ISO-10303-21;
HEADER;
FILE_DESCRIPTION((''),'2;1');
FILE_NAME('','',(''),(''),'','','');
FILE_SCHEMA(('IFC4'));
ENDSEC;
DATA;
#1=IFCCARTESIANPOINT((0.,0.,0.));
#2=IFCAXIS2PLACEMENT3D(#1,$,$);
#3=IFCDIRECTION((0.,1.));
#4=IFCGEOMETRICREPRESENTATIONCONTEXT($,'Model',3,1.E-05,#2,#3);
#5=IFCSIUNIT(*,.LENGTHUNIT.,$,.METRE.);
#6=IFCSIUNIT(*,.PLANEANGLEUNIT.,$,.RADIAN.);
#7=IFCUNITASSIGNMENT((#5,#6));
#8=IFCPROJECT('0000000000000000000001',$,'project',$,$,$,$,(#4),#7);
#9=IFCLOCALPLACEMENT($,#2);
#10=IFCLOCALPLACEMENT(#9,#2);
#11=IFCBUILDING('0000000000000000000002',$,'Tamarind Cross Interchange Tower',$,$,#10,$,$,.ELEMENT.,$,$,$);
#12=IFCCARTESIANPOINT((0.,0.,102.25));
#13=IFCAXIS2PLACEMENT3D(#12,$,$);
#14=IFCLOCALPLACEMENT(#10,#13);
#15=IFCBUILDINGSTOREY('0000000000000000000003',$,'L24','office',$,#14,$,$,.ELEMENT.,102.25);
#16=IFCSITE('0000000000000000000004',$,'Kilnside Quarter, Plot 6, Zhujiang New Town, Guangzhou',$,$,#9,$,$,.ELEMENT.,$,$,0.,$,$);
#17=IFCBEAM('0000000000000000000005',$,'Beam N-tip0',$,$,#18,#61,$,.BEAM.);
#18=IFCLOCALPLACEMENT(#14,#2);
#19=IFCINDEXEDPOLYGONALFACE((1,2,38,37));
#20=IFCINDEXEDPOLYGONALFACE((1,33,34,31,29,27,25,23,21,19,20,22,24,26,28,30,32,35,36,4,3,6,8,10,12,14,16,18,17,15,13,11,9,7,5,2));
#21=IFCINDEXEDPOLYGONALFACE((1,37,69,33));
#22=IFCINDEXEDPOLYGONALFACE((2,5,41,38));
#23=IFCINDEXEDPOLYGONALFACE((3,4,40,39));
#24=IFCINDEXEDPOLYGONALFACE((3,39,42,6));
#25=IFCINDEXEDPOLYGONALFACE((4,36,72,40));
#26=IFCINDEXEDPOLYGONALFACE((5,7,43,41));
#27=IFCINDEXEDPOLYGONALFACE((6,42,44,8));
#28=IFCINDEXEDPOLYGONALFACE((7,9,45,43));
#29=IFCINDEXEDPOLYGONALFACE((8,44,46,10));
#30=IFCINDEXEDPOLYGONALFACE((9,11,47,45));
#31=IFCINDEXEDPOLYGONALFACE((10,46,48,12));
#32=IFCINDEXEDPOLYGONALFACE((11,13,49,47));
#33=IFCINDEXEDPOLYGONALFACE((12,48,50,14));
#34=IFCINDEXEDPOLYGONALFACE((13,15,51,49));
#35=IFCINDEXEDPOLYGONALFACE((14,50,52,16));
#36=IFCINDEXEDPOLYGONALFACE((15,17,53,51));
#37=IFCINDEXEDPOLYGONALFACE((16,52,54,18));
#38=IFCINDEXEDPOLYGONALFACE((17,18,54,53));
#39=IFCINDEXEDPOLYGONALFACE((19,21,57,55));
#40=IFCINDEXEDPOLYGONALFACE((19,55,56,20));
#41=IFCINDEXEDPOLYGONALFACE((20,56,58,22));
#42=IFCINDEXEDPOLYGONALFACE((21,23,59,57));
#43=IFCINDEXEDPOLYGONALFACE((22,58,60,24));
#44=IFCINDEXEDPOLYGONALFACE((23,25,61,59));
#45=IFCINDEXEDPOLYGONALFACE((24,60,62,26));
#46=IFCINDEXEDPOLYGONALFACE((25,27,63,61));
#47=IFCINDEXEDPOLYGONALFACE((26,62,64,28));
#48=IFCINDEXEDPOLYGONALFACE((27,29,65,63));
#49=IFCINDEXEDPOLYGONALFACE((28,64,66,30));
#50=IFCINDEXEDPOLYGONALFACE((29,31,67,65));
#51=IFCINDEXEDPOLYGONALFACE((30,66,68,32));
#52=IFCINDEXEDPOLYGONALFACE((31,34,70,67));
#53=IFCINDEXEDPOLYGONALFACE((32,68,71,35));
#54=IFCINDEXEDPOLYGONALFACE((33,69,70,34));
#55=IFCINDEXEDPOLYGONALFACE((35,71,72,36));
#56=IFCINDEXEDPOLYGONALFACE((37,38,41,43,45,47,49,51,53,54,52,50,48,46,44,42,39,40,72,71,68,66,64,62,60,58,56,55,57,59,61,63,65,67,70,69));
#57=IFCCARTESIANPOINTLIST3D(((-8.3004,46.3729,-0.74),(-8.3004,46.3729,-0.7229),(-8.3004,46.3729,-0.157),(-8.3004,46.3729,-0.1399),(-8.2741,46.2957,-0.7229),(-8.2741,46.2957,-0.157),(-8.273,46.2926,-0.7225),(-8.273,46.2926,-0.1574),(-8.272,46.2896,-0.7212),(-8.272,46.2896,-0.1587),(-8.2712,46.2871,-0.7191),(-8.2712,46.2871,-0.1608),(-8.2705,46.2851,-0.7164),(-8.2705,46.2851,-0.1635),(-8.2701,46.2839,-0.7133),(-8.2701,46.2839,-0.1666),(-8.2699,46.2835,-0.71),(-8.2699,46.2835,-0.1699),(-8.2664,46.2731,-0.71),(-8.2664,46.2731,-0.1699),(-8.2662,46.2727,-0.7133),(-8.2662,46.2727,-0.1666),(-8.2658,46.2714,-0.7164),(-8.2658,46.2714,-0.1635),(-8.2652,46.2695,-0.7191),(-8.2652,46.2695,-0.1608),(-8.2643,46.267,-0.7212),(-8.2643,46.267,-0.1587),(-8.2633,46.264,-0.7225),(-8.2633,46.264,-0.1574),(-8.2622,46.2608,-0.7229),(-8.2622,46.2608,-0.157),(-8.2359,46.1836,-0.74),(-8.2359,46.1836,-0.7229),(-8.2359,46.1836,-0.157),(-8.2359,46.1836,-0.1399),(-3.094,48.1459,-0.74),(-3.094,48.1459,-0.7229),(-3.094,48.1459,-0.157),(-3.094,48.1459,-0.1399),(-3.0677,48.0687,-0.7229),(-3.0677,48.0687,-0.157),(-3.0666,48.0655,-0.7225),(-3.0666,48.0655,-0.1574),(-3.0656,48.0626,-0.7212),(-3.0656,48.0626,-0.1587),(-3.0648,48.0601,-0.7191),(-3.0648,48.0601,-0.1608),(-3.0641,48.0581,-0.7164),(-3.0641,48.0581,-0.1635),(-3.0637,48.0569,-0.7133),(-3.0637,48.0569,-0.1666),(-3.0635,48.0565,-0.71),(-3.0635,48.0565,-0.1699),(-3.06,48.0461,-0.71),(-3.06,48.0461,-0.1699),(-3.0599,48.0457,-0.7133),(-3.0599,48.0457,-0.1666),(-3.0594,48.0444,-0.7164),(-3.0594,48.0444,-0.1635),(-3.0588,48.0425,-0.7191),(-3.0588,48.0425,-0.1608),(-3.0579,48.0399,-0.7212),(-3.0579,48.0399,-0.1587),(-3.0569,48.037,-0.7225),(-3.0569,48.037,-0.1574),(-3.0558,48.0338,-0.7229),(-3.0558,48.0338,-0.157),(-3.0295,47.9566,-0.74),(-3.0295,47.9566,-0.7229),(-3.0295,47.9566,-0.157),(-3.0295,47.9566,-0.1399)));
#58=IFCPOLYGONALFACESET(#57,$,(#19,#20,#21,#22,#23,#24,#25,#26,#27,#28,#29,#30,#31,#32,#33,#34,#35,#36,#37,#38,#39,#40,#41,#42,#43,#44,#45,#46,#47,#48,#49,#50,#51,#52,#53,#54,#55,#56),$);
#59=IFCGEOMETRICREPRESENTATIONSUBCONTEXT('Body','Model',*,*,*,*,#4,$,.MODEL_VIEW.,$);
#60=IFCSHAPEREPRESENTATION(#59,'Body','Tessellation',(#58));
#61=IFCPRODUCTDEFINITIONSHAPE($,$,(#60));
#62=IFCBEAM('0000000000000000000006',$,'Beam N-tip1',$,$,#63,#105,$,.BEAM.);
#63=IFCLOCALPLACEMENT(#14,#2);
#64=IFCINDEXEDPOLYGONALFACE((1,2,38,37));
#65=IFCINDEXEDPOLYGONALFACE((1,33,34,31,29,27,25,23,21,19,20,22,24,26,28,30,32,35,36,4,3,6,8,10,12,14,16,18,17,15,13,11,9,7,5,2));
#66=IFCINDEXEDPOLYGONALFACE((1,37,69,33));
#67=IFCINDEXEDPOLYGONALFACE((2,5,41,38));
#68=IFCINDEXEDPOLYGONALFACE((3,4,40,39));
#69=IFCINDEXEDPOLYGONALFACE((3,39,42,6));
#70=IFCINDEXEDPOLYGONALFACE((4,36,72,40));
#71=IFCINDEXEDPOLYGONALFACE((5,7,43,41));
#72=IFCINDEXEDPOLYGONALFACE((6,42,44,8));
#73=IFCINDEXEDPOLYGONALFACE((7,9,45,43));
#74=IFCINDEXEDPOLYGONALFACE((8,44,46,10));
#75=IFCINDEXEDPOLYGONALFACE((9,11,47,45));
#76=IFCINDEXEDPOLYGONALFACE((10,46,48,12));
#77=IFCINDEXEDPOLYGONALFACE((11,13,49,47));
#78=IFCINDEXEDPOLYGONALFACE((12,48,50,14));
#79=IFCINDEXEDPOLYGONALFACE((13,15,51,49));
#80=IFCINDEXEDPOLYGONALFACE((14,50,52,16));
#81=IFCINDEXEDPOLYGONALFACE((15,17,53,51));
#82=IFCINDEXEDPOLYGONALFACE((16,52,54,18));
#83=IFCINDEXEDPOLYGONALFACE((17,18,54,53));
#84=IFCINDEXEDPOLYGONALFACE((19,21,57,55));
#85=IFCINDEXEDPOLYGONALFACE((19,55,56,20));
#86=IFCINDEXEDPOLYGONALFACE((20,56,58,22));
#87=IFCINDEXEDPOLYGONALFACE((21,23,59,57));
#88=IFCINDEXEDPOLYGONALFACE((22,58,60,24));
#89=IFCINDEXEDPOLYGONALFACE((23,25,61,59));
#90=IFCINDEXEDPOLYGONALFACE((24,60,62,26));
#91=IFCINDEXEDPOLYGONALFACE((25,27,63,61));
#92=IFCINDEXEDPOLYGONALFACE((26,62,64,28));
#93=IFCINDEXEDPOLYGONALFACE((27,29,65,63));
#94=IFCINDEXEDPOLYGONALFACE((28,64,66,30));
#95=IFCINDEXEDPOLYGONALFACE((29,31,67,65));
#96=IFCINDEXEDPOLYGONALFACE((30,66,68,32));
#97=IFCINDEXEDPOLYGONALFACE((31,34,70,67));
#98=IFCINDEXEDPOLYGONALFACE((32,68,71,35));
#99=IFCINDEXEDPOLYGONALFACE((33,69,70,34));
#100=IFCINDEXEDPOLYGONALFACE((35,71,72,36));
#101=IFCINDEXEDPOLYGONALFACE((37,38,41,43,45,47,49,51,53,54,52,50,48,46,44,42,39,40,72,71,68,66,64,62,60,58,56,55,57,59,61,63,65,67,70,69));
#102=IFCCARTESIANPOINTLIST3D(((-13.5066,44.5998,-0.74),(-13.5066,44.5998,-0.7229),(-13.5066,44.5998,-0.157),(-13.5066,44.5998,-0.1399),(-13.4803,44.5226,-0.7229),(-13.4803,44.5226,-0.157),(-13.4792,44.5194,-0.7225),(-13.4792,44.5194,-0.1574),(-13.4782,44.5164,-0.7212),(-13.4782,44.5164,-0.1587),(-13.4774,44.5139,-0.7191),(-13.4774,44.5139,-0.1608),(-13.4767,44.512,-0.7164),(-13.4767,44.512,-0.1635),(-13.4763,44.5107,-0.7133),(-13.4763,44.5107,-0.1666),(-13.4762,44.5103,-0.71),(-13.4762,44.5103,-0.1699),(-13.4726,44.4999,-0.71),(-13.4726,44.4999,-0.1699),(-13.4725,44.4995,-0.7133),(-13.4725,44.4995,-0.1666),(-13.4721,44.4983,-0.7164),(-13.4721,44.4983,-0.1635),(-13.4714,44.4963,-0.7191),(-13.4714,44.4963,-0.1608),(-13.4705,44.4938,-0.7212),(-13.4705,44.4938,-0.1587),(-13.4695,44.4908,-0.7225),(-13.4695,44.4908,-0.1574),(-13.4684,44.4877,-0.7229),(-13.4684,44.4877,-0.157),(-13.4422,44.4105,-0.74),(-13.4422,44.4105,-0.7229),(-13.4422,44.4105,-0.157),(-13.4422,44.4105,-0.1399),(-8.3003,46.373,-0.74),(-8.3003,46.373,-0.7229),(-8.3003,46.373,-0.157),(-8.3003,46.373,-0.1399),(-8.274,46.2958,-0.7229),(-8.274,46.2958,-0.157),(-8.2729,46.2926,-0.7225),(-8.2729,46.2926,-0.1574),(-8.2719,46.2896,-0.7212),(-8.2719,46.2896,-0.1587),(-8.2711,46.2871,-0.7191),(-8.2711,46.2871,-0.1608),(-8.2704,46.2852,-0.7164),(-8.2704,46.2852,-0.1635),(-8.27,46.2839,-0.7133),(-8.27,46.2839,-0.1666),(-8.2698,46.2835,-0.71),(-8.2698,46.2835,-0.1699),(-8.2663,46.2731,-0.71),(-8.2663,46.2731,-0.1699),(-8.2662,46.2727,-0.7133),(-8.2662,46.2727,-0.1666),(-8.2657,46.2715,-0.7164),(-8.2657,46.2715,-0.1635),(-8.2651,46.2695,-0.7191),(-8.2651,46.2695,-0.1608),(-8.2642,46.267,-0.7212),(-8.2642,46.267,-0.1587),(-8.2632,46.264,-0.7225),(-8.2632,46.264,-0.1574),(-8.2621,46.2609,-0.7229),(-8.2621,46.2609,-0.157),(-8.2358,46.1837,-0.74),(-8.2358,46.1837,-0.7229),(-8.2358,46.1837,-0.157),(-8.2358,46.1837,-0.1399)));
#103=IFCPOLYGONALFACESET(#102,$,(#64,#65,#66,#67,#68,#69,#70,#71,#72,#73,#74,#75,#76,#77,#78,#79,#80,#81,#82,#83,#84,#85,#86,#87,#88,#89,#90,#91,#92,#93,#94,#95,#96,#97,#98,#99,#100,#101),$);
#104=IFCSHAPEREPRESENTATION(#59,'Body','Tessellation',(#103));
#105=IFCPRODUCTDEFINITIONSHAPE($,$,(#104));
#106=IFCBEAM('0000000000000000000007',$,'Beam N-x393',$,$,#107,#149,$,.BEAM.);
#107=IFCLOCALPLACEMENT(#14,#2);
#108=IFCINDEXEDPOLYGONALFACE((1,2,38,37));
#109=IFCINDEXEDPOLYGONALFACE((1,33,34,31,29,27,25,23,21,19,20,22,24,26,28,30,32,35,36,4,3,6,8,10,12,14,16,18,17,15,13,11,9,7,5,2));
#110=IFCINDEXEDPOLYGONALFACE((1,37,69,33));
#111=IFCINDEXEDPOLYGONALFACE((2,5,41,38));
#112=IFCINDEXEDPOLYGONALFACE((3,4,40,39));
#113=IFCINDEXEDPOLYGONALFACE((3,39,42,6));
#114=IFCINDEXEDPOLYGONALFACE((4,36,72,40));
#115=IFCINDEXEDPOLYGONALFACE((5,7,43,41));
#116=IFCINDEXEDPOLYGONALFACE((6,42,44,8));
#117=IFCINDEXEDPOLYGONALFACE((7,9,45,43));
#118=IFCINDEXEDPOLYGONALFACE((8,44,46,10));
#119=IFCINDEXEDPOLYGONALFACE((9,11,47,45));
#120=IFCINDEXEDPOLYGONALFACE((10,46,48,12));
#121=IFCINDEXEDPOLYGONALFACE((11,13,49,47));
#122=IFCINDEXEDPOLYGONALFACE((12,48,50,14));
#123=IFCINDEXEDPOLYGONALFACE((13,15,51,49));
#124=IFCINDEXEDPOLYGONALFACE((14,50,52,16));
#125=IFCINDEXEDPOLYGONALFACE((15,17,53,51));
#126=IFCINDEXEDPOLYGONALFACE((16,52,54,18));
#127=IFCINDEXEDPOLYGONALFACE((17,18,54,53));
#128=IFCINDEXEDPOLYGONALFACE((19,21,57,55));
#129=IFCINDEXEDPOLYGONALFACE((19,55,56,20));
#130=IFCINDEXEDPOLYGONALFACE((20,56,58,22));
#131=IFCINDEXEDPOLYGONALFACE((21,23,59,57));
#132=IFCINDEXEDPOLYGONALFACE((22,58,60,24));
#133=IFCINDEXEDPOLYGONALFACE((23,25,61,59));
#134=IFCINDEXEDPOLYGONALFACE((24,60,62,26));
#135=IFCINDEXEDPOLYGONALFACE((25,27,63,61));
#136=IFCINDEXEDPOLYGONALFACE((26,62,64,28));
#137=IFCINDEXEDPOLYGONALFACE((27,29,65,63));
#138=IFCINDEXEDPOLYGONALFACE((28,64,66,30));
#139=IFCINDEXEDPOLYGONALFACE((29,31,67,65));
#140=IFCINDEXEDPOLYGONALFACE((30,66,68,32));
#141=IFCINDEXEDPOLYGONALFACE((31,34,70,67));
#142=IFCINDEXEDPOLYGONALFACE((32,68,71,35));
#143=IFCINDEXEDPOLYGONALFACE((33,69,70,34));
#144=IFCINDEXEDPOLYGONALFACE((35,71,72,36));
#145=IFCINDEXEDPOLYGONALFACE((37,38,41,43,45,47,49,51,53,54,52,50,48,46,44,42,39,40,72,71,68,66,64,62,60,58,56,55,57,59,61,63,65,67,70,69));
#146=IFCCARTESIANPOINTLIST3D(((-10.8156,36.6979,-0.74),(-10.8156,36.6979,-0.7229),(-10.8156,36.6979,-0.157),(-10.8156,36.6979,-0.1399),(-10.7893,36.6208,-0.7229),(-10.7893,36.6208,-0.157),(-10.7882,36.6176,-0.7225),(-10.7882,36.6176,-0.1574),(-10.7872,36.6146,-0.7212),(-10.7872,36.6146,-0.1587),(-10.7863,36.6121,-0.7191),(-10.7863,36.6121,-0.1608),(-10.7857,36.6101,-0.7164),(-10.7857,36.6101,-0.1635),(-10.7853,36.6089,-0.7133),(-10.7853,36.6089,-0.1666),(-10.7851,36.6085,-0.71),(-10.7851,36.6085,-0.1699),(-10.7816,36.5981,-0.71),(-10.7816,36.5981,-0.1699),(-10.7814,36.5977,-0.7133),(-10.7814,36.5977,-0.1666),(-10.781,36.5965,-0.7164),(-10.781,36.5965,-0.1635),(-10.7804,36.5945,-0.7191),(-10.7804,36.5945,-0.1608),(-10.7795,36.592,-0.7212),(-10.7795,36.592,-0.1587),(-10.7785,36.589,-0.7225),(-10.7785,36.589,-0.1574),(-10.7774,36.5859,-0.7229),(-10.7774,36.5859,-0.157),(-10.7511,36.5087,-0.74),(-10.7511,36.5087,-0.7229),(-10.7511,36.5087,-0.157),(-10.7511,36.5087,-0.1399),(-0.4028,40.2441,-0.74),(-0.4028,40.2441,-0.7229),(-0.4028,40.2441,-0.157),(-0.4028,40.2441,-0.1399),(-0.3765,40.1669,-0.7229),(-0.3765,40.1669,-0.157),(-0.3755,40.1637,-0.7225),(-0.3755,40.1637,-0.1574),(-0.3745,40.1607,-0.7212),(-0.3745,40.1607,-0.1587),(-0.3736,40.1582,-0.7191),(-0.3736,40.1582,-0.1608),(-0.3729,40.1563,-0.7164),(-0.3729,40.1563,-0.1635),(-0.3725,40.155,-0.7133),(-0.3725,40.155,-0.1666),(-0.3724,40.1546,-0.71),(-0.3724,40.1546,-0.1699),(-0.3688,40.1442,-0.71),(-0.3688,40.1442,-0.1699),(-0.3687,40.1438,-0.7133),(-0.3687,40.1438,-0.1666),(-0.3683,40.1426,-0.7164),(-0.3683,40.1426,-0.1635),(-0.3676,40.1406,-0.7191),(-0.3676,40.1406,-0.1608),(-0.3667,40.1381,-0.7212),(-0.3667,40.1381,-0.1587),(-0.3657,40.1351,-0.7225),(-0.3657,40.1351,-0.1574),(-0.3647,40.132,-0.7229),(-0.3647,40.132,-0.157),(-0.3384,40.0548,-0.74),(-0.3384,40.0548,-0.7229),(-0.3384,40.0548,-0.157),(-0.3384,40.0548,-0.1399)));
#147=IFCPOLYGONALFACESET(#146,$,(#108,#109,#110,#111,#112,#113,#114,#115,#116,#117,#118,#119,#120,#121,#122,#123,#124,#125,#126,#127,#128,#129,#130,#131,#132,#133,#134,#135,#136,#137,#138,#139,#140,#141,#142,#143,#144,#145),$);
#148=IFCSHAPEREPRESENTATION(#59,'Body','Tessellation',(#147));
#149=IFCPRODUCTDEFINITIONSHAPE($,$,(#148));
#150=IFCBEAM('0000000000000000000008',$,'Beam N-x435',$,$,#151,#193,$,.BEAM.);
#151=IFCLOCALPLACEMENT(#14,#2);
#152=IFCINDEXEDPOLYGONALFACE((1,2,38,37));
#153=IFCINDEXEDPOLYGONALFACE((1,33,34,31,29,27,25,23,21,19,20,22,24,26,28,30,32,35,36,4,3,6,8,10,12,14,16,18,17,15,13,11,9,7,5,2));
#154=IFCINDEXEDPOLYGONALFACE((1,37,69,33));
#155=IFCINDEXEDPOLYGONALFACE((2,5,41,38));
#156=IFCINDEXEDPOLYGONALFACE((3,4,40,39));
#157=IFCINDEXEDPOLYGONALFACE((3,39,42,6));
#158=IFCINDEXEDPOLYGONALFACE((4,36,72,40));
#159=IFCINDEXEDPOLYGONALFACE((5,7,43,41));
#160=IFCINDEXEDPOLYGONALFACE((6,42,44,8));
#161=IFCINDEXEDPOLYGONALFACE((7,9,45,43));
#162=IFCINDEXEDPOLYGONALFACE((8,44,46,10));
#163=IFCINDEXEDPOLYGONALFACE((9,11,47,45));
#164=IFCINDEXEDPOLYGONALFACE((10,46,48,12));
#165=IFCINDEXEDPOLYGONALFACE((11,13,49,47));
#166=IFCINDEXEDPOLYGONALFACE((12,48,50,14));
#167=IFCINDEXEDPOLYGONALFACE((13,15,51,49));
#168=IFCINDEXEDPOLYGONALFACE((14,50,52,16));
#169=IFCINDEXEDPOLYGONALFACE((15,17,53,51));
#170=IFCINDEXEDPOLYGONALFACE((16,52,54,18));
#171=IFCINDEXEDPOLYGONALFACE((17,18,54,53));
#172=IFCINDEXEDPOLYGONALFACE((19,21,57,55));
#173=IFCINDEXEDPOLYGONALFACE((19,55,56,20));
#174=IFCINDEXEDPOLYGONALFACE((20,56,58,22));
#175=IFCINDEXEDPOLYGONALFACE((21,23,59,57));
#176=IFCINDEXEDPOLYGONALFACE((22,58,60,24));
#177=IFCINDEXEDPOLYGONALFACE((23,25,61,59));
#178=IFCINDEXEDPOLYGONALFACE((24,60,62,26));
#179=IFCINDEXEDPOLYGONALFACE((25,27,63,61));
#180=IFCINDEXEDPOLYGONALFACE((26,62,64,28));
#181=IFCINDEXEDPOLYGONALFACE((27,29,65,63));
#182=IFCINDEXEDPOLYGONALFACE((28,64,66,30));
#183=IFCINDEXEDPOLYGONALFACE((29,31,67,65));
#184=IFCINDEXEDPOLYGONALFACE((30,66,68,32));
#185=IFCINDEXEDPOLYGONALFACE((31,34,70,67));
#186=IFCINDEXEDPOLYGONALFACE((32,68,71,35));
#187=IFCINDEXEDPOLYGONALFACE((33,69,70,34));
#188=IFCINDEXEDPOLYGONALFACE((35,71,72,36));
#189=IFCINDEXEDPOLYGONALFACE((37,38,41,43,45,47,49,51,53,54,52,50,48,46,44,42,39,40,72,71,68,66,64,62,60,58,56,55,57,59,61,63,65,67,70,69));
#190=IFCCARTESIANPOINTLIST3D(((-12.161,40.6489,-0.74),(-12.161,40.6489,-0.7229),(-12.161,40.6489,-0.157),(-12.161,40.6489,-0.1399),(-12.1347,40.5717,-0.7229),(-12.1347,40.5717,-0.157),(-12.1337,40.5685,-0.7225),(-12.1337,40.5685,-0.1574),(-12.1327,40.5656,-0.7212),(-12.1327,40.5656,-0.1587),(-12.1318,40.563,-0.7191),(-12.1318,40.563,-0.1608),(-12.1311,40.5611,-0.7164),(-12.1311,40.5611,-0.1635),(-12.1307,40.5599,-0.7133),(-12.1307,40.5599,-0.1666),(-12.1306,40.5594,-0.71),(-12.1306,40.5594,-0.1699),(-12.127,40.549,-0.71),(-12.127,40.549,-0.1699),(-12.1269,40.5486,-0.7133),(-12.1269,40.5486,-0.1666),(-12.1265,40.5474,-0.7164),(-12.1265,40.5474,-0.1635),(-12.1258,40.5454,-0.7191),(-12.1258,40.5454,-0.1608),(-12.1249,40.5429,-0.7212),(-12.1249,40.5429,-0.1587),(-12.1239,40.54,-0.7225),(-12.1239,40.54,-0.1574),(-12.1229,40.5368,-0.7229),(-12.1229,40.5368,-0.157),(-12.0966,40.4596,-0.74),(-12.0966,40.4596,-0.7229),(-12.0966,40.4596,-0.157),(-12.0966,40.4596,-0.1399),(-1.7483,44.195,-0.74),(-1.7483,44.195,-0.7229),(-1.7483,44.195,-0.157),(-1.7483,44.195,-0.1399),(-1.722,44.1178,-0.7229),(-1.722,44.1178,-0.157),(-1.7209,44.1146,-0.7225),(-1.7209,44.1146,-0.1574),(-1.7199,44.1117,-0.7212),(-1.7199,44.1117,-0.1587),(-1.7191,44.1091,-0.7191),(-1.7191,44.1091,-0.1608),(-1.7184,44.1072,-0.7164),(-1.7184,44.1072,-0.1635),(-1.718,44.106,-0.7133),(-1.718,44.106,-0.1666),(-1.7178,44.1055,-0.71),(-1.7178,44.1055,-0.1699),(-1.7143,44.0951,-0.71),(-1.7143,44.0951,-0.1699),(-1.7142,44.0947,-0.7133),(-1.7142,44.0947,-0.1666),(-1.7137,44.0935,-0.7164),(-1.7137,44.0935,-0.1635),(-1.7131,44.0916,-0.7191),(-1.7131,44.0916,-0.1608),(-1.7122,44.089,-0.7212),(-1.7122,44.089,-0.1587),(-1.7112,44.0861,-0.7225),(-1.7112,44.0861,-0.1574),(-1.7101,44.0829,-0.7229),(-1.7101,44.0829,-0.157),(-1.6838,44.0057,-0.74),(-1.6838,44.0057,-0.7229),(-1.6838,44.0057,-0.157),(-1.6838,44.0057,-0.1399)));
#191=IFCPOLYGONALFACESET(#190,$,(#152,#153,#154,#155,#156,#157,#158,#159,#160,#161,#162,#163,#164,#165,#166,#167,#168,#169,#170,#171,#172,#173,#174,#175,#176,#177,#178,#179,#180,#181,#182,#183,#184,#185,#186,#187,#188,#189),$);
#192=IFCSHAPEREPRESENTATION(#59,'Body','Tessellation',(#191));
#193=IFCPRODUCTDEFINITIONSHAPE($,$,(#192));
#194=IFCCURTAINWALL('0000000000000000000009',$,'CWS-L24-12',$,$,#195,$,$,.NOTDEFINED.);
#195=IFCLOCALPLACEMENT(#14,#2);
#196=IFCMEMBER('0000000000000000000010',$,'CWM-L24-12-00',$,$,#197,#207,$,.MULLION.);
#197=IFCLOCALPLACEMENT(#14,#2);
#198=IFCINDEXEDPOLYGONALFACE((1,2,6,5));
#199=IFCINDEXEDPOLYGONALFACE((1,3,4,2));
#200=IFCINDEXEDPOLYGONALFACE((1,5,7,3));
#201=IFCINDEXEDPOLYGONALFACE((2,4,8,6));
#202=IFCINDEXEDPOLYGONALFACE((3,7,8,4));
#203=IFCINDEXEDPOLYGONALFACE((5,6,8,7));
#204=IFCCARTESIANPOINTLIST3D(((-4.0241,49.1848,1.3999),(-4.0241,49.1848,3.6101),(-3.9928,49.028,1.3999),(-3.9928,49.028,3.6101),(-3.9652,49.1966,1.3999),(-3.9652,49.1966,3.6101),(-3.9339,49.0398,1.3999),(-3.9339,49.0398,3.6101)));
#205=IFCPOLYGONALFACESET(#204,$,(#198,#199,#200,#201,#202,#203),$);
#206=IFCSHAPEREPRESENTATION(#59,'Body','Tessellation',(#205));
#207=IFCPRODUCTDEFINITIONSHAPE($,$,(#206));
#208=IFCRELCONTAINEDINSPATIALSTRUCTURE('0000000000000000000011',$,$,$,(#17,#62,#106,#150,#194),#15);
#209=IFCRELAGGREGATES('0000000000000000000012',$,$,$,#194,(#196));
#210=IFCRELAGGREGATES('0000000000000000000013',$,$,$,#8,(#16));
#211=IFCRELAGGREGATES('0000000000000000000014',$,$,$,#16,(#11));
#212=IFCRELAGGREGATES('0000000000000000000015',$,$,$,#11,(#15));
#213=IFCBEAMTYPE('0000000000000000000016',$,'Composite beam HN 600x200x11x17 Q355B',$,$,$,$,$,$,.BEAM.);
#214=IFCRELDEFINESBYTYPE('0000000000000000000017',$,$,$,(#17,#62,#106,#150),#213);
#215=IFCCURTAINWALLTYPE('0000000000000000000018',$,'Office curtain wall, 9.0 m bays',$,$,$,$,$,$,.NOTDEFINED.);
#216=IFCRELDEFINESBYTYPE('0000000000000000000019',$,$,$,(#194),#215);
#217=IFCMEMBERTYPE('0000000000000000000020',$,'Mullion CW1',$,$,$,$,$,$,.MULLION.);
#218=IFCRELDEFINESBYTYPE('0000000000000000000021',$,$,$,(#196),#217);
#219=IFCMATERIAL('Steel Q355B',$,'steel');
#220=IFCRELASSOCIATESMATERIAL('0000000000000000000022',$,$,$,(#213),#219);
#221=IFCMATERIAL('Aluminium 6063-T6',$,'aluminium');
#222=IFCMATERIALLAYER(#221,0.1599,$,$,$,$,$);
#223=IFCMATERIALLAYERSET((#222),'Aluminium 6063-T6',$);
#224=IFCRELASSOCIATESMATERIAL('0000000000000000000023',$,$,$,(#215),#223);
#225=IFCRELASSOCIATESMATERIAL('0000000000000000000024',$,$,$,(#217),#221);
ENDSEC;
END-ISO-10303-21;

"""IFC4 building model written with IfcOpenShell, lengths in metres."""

from ifc_helpers import new_model, si_unit, direction, frame, origin, origin_2d, place, context, subcontext, project, spatial, rectangle, i_section, extrude, material, layer, layer_set, material_profile, profile_set, type_object, element, aggregate, save


model = new_model("IFC4")

# Units and contexts
model_context = context("Model", 3, precision=1e-05, world=origin(), true_north=direction((0.0, 1.0)))
body_context = subcontext(model_context, "Body", "Model", "MODEL_VIEW")
ifc_project = project(units=[si_unit("LENGTHUNIT", "METRE"), si_unit("PLANEANGLEUNIT", "RADIAN")], contexts=[model_context])

# Site, building, storey
site_placement = place(None, origin())
site = spatial("IfcSite", under=ifc_project, at=site_placement, Name="Kilnside Quarter, Plot 6, Zhujiang New Town, Guangzhou", CompositionType="ELEMENT", RefElevation=0.0)
building_placement = place(site_placement, origin())
building = spatial("IfcBuilding", under=site, at=building_placement, Name="Tamarind Cross Interchange Tower", CompositionType="ELEMENT")
storey_placement = place(building_placement, frame((0.0, 0.0, 102.25)))
storey = spatial("IfcBuildingStorey", under=building, at=storey_placement, Name="L24", Description="office", CompositionType="ELEMENT", Elevation=102.25)

# Beams
ifc_material_1 = material(Name="Steel Q355B", Category="steel")
ifc_material_profile_1 = material_profile(ifc_material_1, i_section(OverallWidth=0.2, OverallDepth=0.6001, WebThickness=0.011, FlangeThickness=0.0171, FilletRadius=0.0129, at=origin_2d()), Name="HN 600x200x11x17")
ifc_profile_set_1 = profile_set([ifc_material_profile_1], Name="Steel Q355B")
beam_type_1 = type_object("IfcBeamType", Name="Composite beam HN 600x200x11x17 Q355B", PredefinedType="BEAM", material=ifc_profile_set_1)
for number, where, z_axis, x_axis, name in (
    (1, (-3.0618, 48.0513, -0.4399), (-0.946617, -0.32236, 0.0), (0.32236, -0.946617, 0.0), "Beam N-tip0"),
    (2, (-8.2681, 46.2783, -0.4399), (-0.946604, -0.3224, 0.0), (0.3224, -0.946604, 0.0), "Beam N-tip1"),
):
    element("IfcBeam", number, at=place(storey_placement, frame(where, z_axis=z_axis, x_axis=x_axis)), inside=storey, type_object=beam_type_1, Name=name, PredefinedType="BEAM", context=body_context, shape_type="SweptSolid", body=[
        extrude(i_section(OverallWidth=0.2, OverallDepth=0.6001, WebThickness=0.011, FlangeThickness=0.0171, FilletRadius=0.0129, at=origin_2d()), origin(), (0.0, 0.0, 1.0), 5.5),
    ])
for number, where, z_axis, x_axis, name in (
    (3, (-0.3706, 40.1494, -0.4399), (-0.946613, -0.322373, 0.0), (0.322373, -0.946613, 0.0), "Beam N-x393"),
    (4, (-1.7161, 44.1003, -0.4399), (-0.946613, -0.322373, 0.0), (0.322373, -0.946613, 0.0), "Beam N-x435"),
):
    element("IfcBeam", number, at=place(storey_placement, frame(where, z_axis=z_axis, x_axis=x_axis)), inside=storey, type_object=beam_type_1, Name=name, PredefinedType="BEAM", context=body_context, shape_type="SweptSolid", body=[
        extrude(i_section(OverallWidth=0.2, OverallDepth=0.6001, WebThickness=0.011, FlangeThickness=0.0171, FilletRadius=0.0129, at=origin_2d()), origin(), (0.0, 0.0, 1.0), 11.0),
    ])

# Curtain wall, member
ifc_material_2 = material(Name="Aluminium 6063-T6", Category="aluminium")
ifc_layer_1 = layer(ifc_material_2, 0.1599)
ifc_layer_set_1 = layer_set([ifc_layer_1], Name="Aluminium 6063-T6")
curtain_wall_type = type_object("IfcCurtainWallType", Name="Office curtain wall, 9.0 m bays", PredefinedType="NOTDEFINED", material=ifc_layer_set_1)
curtain_wall_1_placement = place(storey_placement, origin())
curtain_wall_1 = element("IfcCurtainWall", 5, at=curtain_wall_1_placement, inside=storey, type_object=curtain_wall_type, Name="CWS-L24-12", PredefinedType="NOTDEFINED")
ifc_material_profile_2 = material_profile(ifc_material_2, rectangle(XDim=0.0601, YDim=0.1599, at=origin_2d()), Name="Mullion CW1")
ifc_profile_set_2 = profile_set([ifc_material_profile_2], Name="Aluminium 6063-T6")
member_type = type_object("IfcMemberType", Name="Mullion CW1", PredefinedType="MULLION", material=ifc_profile_set_2)
member_1_placement = place(storey_placement, frame((-3.979, 49.1123, 1.3999), z_axis=(0.0, 0.0, 1.0), x_axis=(-0.980593, -0.196056, 0.0)))
member_1 = element("IfcMember", 6, at=member_1_placement, type_object=member_type, Name="CWM-L24-12-00", PredefinedType="MULLION", context=body_context, shape_type="SweptSolid", body=[
    extrude(rectangle(XDim=0.0601, YDim=0.1599, at=origin_2d()), origin(), (0.0, 0.0, 1.0), 2.2102),
])
aggregate(curtain_wall_1, [member_1])

save(model, "model.ifc")
